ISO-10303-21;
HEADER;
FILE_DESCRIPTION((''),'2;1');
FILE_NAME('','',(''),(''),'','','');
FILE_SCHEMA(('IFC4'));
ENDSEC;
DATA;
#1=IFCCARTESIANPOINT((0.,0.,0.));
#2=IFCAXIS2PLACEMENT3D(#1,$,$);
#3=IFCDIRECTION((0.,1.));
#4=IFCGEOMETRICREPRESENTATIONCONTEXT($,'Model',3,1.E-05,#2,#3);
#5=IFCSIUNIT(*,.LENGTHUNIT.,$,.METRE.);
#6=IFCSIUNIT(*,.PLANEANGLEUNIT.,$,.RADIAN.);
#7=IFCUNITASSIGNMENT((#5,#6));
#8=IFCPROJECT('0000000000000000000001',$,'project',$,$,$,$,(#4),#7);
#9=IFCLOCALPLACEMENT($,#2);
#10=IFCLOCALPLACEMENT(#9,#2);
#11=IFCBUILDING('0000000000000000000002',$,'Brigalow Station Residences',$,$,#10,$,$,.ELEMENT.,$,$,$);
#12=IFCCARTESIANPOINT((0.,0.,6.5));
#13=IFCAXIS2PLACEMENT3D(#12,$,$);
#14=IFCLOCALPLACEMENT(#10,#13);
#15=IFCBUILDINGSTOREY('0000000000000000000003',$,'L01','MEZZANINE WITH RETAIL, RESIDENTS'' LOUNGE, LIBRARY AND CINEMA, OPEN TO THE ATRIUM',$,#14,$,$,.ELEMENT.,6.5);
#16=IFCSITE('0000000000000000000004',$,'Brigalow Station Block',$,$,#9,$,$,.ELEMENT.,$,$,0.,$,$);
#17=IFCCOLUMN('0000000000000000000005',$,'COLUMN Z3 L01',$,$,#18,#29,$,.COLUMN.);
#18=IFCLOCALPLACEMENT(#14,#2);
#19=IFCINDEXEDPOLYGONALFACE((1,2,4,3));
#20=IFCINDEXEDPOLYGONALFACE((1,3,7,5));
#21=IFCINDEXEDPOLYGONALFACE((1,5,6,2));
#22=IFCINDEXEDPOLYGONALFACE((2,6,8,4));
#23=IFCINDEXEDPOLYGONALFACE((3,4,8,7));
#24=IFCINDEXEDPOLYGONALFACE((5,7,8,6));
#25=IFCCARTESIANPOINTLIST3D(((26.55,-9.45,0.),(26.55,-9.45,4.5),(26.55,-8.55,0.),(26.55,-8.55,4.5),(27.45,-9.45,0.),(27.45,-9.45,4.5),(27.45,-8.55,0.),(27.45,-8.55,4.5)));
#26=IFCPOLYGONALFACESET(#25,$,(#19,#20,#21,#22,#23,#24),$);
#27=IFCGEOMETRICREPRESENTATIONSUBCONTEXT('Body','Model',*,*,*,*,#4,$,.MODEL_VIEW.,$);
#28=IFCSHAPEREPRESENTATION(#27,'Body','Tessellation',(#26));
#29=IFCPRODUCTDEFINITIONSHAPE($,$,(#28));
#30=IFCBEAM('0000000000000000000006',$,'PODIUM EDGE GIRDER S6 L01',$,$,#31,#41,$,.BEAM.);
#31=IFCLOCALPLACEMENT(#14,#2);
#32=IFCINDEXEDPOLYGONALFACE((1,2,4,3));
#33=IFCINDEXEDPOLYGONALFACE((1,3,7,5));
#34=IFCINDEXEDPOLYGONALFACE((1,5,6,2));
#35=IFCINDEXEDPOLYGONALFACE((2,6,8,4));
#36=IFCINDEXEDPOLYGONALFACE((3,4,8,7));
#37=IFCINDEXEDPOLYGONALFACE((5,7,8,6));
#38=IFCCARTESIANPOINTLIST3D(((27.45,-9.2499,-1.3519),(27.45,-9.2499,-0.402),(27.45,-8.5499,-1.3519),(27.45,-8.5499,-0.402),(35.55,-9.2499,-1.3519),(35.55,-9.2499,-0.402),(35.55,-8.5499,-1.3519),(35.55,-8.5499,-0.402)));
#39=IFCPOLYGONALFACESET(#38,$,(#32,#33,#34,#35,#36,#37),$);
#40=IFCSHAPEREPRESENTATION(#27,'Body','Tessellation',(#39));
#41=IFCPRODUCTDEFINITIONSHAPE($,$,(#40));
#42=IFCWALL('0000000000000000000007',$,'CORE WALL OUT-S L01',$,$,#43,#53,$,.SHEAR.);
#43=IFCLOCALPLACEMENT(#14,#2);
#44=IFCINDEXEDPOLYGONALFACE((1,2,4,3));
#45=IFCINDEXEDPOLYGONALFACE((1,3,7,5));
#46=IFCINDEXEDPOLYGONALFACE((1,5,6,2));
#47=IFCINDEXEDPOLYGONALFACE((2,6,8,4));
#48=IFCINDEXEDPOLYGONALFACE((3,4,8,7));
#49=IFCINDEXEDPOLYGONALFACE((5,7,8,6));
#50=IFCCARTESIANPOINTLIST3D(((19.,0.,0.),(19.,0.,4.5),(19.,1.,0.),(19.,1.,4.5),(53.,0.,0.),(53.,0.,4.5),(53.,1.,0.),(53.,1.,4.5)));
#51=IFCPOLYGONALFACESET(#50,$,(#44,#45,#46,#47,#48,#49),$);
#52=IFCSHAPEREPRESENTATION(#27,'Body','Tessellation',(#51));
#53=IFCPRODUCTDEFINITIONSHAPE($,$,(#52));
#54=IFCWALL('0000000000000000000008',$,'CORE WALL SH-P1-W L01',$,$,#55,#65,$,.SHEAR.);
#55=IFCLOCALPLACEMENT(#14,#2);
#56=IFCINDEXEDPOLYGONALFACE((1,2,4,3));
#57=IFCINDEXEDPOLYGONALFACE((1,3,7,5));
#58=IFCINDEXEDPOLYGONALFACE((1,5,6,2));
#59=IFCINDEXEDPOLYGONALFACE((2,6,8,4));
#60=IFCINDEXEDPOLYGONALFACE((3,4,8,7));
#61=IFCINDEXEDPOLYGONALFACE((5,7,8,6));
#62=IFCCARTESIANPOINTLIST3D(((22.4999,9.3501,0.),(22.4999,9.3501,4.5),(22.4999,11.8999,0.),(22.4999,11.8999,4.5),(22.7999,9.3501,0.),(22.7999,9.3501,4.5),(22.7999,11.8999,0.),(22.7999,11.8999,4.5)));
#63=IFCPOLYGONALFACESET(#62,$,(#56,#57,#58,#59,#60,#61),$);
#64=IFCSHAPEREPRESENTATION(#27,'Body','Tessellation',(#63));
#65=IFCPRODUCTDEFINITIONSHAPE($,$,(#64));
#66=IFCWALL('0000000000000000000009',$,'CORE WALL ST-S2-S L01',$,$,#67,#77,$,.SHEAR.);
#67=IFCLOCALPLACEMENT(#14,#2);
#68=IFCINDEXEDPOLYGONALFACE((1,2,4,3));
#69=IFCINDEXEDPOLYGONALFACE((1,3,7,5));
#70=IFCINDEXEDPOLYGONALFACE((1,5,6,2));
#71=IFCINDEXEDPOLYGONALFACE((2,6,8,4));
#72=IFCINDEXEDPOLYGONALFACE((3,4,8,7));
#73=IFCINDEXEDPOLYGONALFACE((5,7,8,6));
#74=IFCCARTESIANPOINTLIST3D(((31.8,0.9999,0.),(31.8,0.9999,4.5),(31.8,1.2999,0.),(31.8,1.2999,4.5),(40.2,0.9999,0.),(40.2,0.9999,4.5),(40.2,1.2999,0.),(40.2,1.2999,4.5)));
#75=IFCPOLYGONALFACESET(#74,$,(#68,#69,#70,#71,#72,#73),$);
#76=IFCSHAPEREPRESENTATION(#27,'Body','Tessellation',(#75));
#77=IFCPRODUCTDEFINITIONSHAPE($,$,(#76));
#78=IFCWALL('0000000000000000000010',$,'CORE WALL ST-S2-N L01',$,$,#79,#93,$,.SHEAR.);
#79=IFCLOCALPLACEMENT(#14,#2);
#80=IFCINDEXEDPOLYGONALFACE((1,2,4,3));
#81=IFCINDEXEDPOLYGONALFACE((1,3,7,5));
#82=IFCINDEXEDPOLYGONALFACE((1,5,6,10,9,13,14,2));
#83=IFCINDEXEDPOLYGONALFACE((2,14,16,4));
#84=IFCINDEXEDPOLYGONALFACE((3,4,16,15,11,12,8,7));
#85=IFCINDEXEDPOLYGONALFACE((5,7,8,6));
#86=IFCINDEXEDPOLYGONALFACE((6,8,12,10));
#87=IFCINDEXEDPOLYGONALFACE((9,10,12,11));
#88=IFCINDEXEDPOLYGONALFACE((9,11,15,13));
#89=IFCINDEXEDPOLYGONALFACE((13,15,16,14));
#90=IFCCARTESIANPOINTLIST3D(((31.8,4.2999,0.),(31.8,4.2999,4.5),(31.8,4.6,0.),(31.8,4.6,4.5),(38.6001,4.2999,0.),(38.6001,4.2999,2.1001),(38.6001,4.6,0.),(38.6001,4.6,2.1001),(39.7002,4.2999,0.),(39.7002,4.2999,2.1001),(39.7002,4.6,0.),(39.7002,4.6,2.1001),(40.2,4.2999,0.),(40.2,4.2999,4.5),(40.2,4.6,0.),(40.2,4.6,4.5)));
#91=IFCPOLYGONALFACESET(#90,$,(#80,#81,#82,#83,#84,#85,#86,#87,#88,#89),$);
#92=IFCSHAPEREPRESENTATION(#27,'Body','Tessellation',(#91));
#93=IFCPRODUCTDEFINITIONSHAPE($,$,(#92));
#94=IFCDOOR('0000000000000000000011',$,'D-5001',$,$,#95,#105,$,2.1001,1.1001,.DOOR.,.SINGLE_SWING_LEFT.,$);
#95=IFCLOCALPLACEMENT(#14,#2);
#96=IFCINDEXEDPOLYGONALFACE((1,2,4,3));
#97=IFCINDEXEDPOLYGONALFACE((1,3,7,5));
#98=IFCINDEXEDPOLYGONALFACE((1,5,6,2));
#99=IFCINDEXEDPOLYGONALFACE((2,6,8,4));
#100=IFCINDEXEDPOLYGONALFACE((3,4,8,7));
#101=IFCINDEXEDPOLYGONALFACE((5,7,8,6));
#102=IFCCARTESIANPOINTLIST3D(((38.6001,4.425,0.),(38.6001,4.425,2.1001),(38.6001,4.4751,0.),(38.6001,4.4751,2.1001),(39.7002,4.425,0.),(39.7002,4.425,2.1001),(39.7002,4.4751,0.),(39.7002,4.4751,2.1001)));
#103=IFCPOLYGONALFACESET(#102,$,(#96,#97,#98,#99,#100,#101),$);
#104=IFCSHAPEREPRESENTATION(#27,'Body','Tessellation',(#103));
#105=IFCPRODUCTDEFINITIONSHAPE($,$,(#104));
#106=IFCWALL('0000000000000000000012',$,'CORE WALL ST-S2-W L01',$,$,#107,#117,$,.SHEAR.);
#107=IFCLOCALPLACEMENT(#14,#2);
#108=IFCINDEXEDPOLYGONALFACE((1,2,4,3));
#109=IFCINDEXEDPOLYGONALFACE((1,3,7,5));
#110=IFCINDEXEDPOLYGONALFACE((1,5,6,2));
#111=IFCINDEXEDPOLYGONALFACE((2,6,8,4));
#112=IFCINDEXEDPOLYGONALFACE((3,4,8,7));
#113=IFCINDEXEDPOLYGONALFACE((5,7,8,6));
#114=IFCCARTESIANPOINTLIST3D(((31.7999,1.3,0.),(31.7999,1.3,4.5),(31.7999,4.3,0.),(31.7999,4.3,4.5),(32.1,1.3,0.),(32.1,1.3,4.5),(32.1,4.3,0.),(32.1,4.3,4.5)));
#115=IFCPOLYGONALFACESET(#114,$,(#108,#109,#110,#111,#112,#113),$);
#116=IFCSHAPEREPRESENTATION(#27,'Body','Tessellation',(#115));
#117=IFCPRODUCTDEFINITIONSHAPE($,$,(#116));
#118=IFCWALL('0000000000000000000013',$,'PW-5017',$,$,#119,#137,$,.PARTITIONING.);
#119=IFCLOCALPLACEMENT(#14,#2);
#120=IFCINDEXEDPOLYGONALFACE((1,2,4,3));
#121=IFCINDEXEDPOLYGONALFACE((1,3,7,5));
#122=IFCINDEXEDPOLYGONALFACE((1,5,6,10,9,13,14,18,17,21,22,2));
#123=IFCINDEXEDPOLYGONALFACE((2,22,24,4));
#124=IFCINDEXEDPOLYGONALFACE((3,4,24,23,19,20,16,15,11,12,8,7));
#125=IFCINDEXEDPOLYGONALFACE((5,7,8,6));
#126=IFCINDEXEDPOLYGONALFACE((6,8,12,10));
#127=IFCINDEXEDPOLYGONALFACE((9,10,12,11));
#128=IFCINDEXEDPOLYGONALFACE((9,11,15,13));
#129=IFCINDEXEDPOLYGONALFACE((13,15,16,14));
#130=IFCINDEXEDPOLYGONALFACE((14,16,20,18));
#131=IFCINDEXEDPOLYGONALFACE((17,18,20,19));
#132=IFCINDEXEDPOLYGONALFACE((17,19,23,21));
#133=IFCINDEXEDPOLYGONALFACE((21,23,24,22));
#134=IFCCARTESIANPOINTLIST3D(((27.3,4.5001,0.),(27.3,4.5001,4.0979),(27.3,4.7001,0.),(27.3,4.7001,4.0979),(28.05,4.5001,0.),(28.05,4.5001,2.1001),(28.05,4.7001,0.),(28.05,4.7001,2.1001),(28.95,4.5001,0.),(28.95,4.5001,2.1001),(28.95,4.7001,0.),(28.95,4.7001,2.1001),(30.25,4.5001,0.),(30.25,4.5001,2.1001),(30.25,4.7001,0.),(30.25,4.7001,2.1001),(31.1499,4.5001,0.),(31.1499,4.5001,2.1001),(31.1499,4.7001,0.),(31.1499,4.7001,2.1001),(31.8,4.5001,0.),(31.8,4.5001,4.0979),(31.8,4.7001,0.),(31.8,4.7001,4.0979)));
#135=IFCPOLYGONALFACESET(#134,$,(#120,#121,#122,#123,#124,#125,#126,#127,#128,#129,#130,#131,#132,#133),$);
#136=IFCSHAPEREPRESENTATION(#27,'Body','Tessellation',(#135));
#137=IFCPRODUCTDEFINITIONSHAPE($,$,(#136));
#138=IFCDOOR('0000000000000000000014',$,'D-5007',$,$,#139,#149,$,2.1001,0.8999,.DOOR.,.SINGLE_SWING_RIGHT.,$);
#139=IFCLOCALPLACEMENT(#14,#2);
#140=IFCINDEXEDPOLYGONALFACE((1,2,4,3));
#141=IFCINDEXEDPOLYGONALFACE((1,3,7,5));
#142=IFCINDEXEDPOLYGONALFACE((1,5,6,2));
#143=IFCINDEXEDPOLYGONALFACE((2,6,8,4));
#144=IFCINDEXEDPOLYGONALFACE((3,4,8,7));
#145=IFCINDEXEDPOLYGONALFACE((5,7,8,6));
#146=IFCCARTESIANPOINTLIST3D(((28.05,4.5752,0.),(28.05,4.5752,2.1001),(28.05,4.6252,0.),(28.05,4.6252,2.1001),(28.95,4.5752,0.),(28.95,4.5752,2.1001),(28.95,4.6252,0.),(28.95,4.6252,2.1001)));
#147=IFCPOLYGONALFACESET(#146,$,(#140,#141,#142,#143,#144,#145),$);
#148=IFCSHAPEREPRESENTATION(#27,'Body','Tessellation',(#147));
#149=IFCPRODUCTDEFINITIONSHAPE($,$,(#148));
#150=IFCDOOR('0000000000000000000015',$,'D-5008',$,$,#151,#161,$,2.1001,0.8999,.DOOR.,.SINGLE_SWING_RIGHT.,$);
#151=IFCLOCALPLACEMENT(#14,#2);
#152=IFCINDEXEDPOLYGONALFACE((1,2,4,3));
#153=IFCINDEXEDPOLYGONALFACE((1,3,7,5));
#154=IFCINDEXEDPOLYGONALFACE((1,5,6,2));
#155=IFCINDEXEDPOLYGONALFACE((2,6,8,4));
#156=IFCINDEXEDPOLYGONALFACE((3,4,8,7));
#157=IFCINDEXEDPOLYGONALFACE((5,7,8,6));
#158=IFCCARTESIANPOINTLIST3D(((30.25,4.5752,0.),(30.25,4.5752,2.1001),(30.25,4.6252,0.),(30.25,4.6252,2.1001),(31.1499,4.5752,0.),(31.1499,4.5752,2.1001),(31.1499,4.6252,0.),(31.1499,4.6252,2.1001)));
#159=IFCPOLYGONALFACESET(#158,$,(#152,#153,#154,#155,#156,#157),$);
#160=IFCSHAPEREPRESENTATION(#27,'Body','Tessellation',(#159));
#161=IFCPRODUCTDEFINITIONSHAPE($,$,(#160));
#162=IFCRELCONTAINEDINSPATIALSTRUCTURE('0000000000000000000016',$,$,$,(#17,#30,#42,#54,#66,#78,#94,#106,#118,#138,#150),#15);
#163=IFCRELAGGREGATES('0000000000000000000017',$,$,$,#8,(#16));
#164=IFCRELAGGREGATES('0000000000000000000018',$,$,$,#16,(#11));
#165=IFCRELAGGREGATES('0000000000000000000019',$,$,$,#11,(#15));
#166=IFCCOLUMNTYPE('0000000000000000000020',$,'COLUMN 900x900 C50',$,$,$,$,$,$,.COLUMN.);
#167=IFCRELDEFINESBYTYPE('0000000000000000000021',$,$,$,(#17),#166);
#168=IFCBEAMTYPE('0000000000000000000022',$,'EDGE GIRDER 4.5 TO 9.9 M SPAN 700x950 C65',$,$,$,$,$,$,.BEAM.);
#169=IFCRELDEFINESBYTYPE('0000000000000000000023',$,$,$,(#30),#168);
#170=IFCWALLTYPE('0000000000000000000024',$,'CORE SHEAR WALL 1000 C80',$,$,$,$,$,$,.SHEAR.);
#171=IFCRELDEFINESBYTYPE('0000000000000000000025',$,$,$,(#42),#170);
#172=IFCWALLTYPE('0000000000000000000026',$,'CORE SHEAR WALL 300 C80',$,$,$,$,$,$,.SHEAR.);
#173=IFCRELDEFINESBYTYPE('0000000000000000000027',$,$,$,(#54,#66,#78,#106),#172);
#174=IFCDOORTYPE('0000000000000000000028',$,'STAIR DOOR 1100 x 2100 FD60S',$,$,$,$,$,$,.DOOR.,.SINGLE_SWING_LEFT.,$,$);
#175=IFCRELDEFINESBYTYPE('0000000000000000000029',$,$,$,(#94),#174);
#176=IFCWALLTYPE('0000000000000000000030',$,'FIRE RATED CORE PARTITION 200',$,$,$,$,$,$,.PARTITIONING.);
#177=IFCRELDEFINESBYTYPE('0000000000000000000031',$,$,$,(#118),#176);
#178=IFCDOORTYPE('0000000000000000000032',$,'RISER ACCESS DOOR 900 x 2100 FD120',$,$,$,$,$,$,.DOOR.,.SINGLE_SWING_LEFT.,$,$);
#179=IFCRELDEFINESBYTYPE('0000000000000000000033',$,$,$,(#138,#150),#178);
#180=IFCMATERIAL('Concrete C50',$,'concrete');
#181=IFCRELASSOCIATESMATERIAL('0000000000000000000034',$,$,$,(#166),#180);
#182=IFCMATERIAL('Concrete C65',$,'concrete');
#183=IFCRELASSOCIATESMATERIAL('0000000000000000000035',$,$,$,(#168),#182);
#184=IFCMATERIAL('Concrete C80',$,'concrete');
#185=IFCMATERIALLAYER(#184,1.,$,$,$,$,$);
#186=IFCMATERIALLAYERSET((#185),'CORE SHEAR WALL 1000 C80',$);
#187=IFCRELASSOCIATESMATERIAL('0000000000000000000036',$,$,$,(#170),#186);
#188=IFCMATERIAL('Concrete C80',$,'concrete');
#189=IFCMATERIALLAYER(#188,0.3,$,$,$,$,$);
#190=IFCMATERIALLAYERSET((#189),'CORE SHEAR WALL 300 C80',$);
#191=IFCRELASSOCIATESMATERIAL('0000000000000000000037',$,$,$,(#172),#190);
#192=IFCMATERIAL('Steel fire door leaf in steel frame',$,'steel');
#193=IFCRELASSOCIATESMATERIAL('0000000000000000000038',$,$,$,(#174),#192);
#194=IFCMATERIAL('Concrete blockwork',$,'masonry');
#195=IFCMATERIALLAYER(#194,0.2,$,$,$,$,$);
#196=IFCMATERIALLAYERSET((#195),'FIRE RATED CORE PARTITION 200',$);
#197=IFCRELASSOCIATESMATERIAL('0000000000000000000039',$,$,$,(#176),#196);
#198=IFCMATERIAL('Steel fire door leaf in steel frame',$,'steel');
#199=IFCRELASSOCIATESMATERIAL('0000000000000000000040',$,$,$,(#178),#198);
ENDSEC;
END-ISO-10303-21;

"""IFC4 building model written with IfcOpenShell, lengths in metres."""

from ifc_helpers import new_model, si_unit, direction, frame, frame_2d, origin, origin_2d, place, context, subcontext, project, spatial, rectangle, extrude, material, layer, layer_set, material_profile, profile_set, type_object, element, fill, save


model = new_model("IFC4")

# Units and contexts
model_context = context("Model", 3, precision=1e-05, world=origin(), true_north=direction((0.0, 1.0)))
body_context = subcontext(model_context, "Body", "Model", "MODEL_VIEW")
ifc_project = project(units=[si_unit("LENGTHUNIT", "METRE"), si_unit("PLANEANGLEUNIT", "RADIAN")], contexts=[model_context])

# Site, building, storey
site_placement = place(None, origin())
site = spatial("IfcSite", under=ifc_project, at=site_placement, Name="Brigalow Station Block", CompositionType="ELEMENT", RefElevation=0.0)
building_placement = place(site_placement, origin())
building = spatial("IfcBuilding", under=site, at=building_placement, Name="Brigalow Station Residences", CompositionType="ELEMENT")
storey_placement = place(building_placement, frame((0.0, 0.0, 6.5)))
storey = spatial("IfcBuildingStorey", under=building, at=storey_placement, Name="L01", Description="MEZZANINE WITH RETAIL, RESIDENTS' LOUNGE, LIBRARY AND CINEMA, OPEN TO THE ATRIUM", CompositionType="ELEMENT", Elevation=6.5)

# Column
ifc_material_1 = material(Name="Concrete C50", Category="concrete")
ifc_material_profile_1 = material_profile(ifc_material_1, rectangle(XDim=0.8999, YDim=0.8999, at=origin_2d()), Name="RC900x900")
ifc_profile_set_1 = profile_set([ifc_material_profile_1], Name="Concrete C50")
column_type = type_object("IfcColumnType", Name="COLUMN 900x900 C50", PredefinedType="COLUMN", material=ifc_profile_set_1)
column_placement = place(storey_placement, frame((27.0, -9.0, 0.0), z_axis=(0.0, 0.0, 1.0), x_axis=(1.0, 0.0, 0.0)))
element("IfcColumn", 1, at=column_placement, inside=storey, type_object=column_type, Name="COLUMN Z3 L01", PredefinedType="COLUMN", context=body_context, shape_type="SweptSolid", body=[
    extrude(rectangle(XDim=0.8999, YDim=0.8999, at=origin_2d()), origin(), (0.0, 0.0, 1.0), 4.5),
])

# Beam
ifc_material_2 = material(Name="Concrete C65", Category="concrete")
ifc_material_profile_2 = material_profile(ifc_material_2, rectangle(XDim=0.7, YDim=0.95, at=origin_2d()), Name="RC700x950")
ifc_profile_set_2 = profile_set([ifc_material_profile_2], Name="Concrete C65")
beam_type = type_object("IfcBeamType", Name="EDGE GIRDER 4.5 TO 9.9 M SPAN 700x950 C65", PredefinedType="BEAM", material=ifc_profile_set_2)
beam_placement = place(storey_placement, frame((27.45, -8.8999, -0.877), z_axis=(1.0, 0.0, 0.0), x_axis=(0.0, 1.0, 0.0)))
element("IfcBeam", 2, at=beam_placement, inside=storey, type_object=beam_type, Name="PODIUM EDGE GIRDER S6 L01", PredefinedType="BEAM", context=body_context, shape_type="SweptSolid", body=[
    extrude(rectangle(XDim=0.7, YDim=0.95, at=origin_2d()), origin(), (0.0, 0.0, 1.0), 8.1001),
])

# Walls
ifc_material_3 = material(Name="Concrete C80", Category="concrete")
ifc_layer_1 = layer(ifc_material_3, 1.0)
ifc_layer_set_1 = layer_set([ifc_layer_1], Name="CORE SHEAR WALL 1000 C80")
wall_type_1 = type_object("IfcWallType", Name="CORE SHEAR WALL 1000 C80", PredefinedType="SHEAR", material=ifc_layer_set_1)
wall_1_placement = place(storey_placement, frame((19.0, 0.5, 0.0), z_axis=(0.0, 0.0, 1.0), x_axis=(1.0, 0.0, 0.0)))
element("IfcWall", 3, at=wall_1_placement, inside=storey, type_object=wall_type_1, Name="CORE WALL OUT-S L01", PredefinedType="SHEAR", context=body_context, shape_type="SweptSolid", body=[
    extrude(rectangle(XDim=34.0, YDim=1.0, at=frame_2d((17.0, 0.0))), origin(), (0.0, 0.0, 1.0), 4.5),
])
ifc_material_4 = material(Name="Concrete C80", Category="concrete")
ifc_layer_2 = layer(ifc_material_4, 0.3)
ifc_layer_set_2 = layer_set([ifc_layer_2], Name="CORE SHEAR WALL 300 C80")
wall_type_2 = type_object("IfcWallType", Name="CORE SHEAR WALL 300 C80", PredefinedType="SHEAR", material=ifc_layer_set_2)
wall_2_placement = place(storey_placement, frame((22.6499, 9.3501, 0.0), z_axis=(0.0, 0.0, 1.0), x_axis=(0.0, 1.0, 0.0)))
element("IfcWall", 4, at=wall_2_placement, inside=storey, type_object=wall_type_2, Name="CORE WALL SH-P1-W L01", PredefinedType="SHEAR", context=body_context, shape_type="SweptSolid", body=[
    extrude(rectangle(XDim=2.5498, YDim=0.3, at=frame_2d((1.2749, 0.0))), origin(), (0.0, 0.0, 1.0), 4.5),
])
wall_3_placement = place(storey_placement, frame((31.8, 1.1499, 0.0), z_axis=(0.0, 0.0, 1.0), x_axis=(1.0, 0.0, 0.0)))
element("IfcWall", 5, at=wall_3_placement, inside=storey, type_object=wall_type_2, Name="CORE WALL ST-S2-S L01", PredefinedType="SHEAR", context=body_context, shape_type="SweptSolid", body=[
    extrude(rectangle(XDim=8.3999, YDim=0.3, at=frame_2d((4.2, 0.0))), origin(), (0.0, 0.0, 1.0), 4.5),
])

# Wall, opening, door
wall_4_placement = place(storey_placement, frame((31.8, 4.45, 0.0), z_axis=(0.0, 0.0, 1.0), x_axis=(1.0, 0.0, 0.0)))
wall_4 = element("IfcWall", 6, at=wall_4_placement, inside=storey, type_object=wall_type_2, Name="CORE WALL ST-S2-N L01", PredefinedType="SHEAR", context=body_context, shape_type="SweptSolid", body=[
    extrude(rectangle(XDim=8.3999, YDim=0.3, at=frame_2d((4.2, 0.0))), origin(), (0.0, 0.0, 1.0), 4.5),
])
opening_1_placement = place(wall_4_placement, frame((6.8, 0.0, 0.0)))
opening_1 = element("IfcOpeningElement", 7, at=opening_1_placement, cuts=wall_4, PredefinedType="OPENING", context=body_context, shape_type="SweptSolid", body=[
    extrude(rectangle(XDim=1.1001, YDim=2.1001, at=frame_2d((0.55, 1.05))), frame((0.0, 0.1602, 0.0), z_axis=(0.0, -1.0, 0.0), x_axis=(1.0, 0.0, 0.0)), (0.0, 0.0, 1.0), 0.3201),
])
ifc_material_5 = material(Name="Steel fire door leaf in steel frame", Category="steel")
door_type_1 = type_object("IfcDoorType", Name="STAIR DOOR 1100 x 2100 FD60S", OperationType="SINGLE_SWING_LEFT", PredefinedType="DOOR", material=ifc_material_5)
door_1_placement = place(opening_1_placement, frame((1.1001, 0.0, 0.0), z_axis=(0.0, 0.0, 1.0), x_axis=(-1.0, 0.0, 0.0)))
door_1 = element("IfcDoor", 8, at=door_1_placement, inside=storey, type_object=door_type_1, Name="D-5001", OperationType="SINGLE_SWING_LEFT", OverallHeight=2.1001, OverallWidth=1.1001, PredefinedType="DOOR", context=body_context, shape_type="SweptSolid", body=[
    extrude(rectangle(XDim=1.1001, YDim=2.1001, at=frame_2d((0.55, 1.05))), frame((0.0, 0.0249, 0.0), z_axis=(0.0, -1.0, 0.0), x_axis=(1.0, 0.0, 0.0)), (0.0, 0.0, 1.0), 0.05),
])
fill(opening_1, door_1)

# Wall
wall_5_placement = place(storey_placement, frame((31.95, 1.3, 0.0), z_axis=(0.0, 0.0, 1.0), x_axis=(0.0, 1.0, 0.0)))
element("IfcWall", 9, at=wall_5_placement, inside=storey, type_object=wall_type_2, Name="CORE WALL ST-S2-W L01", PredefinedType="SHEAR", context=body_context, shape_type="SweptSolid", body=[
    extrude(rectangle(XDim=3.0, YDim=0.3, at=frame_2d((1.5, 0.0))), origin(), (0.0, 0.0, 1.0), 4.5),
])

# Wall, openings, doors
ifc_material_6 = material(Name="Concrete blockwork", Category="masonry")
ifc_layer_3 = layer(ifc_material_6, 0.2)
ifc_layer_set_3 = layer_set([ifc_layer_3], Name="FIRE RATED CORE PARTITION 200")
wall_type_3 = type_object("IfcWallType", Name="FIRE RATED CORE PARTITION 200", PredefinedType="PARTITIONING", material=ifc_layer_set_3)
wall_6_placement = place(storey_placement, frame((27.3, 4.6001, 0.0), z_axis=(0.0, 0.0, 1.0), x_axis=(1.0, 0.0, 0.0)))
wall_6 = element("IfcWall", 10, at=wall_6_placement, inside=storey, type_object=wall_type_3, Name="PW-5017", PredefinedType="PARTITIONING", context=body_context, shape_type="SweptSolid", body=[
    extrude(rectangle(XDim=4.5, YDim=0.2, at=frame_2d((2.25, 0.0))), origin(), (0.0, 0.0, 1.0), 4.0979),
])
opening_2_placement = place(wall_6_placement, frame((0.75, 0.0, 0.0)))
opening_2 = element("IfcOpeningElement", 11, at=opening_2_placement, cuts=wall_6, PredefinedType="OPENING", context=body_context, shape_type="SweptSolid", body=[
    extrude(rectangle(XDim=0.8999, YDim=2.1001, at=frame_2d((0.45, 1.05))), frame((0.0, 0.1099, 0.0), z_axis=(0.0, -1.0, 0.0), x_axis=(1.0, 0.0, 0.0)), (0.0, 0.0, 1.0), 0.22),
])
opening_3_placement = place(wall_6_placement, frame((2.95, 0.0, 0.0)))
opening_3 = element("IfcOpeningElement", 12, at=opening_3_placement, cuts=wall_6, PredefinedType="OPENING", context=body_context, shape_type="SweptSolid", body=[
    extrude(rectangle(XDim=0.8999, YDim=2.1001, at=frame_2d((0.45, 1.05))), frame((0.0, 0.1099, 0.0), z_axis=(0.0, -1.0, 0.0), x_axis=(1.0, 0.0, 0.0)), (0.0, 0.0, 1.0), 0.22),
])
ifc_material_7 = material(Name="Steel fire door leaf in steel frame", Category="steel")
door_type_2 = type_object("IfcDoorType", Name="RISER ACCESS DOOR 900 x 2100 FD120", OperationType="SINGLE_SWING_LEFT", PredefinedType="DOOR", material=ifc_material_7)
door_2_placement = place(opening_2_placement, frame((0.8999, 0.0, 0.0), z_axis=(0.0, 0.0, 1.0), x_axis=(-1.0, 0.0, 0.0)))
door_2 = element("IfcDoor", 13, at=door_2_placement, inside=storey, type_object=door_type_2, Name="D-5007", OperationType="SINGLE_SWING_RIGHT", OverallHeight=2.1001, OverallWidth=0.8999, PredefinedType="DOOR", context=body_context, shape_type="SweptSolid", body=[
    extrude(rectangle(XDim=0.8999, YDim=2.1001, at=frame_2d((0.45, 1.05))), frame((0.0, 0.0249, 0.0), z_axis=(0.0, -1.0, 0.0), x_axis=(1.0, 0.0, 0.0)), (0.0, 0.0, 1.0), 0.05),
])
fill(opening_2, door_2)
door_3_placement = place(opening_3_placement, frame((0.8999, 0.0, 0.0), z_axis=(0.0, 0.0, 1.0), x_axis=(-1.0, 0.0, 0.0)))
door_3 = element("IfcDoor", 14, at=door_3_placement, inside=storey, type_object=door_type_2, Name="D-5008", OperationType="SINGLE_SWING_RIGHT", OverallHeight=2.1001, OverallWidth=0.8999, PredefinedType="DOOR", context=body_context, shape_type="SweptSolid", body=[
    extrude(rectangle(XDim=0.8999, YDim=2.1001, at=frame_2d((0.45, 1.05))), frame((0.0, 0.0249, 0.0), z_axis=(0.0, -1.0, 0.0), x_axis=(1.0, 0.0, 0.0)), (0.0, 0.0, 1.0), 0.05),
])
fill(opening_3, door_3)

save(model, "model.ifc")
